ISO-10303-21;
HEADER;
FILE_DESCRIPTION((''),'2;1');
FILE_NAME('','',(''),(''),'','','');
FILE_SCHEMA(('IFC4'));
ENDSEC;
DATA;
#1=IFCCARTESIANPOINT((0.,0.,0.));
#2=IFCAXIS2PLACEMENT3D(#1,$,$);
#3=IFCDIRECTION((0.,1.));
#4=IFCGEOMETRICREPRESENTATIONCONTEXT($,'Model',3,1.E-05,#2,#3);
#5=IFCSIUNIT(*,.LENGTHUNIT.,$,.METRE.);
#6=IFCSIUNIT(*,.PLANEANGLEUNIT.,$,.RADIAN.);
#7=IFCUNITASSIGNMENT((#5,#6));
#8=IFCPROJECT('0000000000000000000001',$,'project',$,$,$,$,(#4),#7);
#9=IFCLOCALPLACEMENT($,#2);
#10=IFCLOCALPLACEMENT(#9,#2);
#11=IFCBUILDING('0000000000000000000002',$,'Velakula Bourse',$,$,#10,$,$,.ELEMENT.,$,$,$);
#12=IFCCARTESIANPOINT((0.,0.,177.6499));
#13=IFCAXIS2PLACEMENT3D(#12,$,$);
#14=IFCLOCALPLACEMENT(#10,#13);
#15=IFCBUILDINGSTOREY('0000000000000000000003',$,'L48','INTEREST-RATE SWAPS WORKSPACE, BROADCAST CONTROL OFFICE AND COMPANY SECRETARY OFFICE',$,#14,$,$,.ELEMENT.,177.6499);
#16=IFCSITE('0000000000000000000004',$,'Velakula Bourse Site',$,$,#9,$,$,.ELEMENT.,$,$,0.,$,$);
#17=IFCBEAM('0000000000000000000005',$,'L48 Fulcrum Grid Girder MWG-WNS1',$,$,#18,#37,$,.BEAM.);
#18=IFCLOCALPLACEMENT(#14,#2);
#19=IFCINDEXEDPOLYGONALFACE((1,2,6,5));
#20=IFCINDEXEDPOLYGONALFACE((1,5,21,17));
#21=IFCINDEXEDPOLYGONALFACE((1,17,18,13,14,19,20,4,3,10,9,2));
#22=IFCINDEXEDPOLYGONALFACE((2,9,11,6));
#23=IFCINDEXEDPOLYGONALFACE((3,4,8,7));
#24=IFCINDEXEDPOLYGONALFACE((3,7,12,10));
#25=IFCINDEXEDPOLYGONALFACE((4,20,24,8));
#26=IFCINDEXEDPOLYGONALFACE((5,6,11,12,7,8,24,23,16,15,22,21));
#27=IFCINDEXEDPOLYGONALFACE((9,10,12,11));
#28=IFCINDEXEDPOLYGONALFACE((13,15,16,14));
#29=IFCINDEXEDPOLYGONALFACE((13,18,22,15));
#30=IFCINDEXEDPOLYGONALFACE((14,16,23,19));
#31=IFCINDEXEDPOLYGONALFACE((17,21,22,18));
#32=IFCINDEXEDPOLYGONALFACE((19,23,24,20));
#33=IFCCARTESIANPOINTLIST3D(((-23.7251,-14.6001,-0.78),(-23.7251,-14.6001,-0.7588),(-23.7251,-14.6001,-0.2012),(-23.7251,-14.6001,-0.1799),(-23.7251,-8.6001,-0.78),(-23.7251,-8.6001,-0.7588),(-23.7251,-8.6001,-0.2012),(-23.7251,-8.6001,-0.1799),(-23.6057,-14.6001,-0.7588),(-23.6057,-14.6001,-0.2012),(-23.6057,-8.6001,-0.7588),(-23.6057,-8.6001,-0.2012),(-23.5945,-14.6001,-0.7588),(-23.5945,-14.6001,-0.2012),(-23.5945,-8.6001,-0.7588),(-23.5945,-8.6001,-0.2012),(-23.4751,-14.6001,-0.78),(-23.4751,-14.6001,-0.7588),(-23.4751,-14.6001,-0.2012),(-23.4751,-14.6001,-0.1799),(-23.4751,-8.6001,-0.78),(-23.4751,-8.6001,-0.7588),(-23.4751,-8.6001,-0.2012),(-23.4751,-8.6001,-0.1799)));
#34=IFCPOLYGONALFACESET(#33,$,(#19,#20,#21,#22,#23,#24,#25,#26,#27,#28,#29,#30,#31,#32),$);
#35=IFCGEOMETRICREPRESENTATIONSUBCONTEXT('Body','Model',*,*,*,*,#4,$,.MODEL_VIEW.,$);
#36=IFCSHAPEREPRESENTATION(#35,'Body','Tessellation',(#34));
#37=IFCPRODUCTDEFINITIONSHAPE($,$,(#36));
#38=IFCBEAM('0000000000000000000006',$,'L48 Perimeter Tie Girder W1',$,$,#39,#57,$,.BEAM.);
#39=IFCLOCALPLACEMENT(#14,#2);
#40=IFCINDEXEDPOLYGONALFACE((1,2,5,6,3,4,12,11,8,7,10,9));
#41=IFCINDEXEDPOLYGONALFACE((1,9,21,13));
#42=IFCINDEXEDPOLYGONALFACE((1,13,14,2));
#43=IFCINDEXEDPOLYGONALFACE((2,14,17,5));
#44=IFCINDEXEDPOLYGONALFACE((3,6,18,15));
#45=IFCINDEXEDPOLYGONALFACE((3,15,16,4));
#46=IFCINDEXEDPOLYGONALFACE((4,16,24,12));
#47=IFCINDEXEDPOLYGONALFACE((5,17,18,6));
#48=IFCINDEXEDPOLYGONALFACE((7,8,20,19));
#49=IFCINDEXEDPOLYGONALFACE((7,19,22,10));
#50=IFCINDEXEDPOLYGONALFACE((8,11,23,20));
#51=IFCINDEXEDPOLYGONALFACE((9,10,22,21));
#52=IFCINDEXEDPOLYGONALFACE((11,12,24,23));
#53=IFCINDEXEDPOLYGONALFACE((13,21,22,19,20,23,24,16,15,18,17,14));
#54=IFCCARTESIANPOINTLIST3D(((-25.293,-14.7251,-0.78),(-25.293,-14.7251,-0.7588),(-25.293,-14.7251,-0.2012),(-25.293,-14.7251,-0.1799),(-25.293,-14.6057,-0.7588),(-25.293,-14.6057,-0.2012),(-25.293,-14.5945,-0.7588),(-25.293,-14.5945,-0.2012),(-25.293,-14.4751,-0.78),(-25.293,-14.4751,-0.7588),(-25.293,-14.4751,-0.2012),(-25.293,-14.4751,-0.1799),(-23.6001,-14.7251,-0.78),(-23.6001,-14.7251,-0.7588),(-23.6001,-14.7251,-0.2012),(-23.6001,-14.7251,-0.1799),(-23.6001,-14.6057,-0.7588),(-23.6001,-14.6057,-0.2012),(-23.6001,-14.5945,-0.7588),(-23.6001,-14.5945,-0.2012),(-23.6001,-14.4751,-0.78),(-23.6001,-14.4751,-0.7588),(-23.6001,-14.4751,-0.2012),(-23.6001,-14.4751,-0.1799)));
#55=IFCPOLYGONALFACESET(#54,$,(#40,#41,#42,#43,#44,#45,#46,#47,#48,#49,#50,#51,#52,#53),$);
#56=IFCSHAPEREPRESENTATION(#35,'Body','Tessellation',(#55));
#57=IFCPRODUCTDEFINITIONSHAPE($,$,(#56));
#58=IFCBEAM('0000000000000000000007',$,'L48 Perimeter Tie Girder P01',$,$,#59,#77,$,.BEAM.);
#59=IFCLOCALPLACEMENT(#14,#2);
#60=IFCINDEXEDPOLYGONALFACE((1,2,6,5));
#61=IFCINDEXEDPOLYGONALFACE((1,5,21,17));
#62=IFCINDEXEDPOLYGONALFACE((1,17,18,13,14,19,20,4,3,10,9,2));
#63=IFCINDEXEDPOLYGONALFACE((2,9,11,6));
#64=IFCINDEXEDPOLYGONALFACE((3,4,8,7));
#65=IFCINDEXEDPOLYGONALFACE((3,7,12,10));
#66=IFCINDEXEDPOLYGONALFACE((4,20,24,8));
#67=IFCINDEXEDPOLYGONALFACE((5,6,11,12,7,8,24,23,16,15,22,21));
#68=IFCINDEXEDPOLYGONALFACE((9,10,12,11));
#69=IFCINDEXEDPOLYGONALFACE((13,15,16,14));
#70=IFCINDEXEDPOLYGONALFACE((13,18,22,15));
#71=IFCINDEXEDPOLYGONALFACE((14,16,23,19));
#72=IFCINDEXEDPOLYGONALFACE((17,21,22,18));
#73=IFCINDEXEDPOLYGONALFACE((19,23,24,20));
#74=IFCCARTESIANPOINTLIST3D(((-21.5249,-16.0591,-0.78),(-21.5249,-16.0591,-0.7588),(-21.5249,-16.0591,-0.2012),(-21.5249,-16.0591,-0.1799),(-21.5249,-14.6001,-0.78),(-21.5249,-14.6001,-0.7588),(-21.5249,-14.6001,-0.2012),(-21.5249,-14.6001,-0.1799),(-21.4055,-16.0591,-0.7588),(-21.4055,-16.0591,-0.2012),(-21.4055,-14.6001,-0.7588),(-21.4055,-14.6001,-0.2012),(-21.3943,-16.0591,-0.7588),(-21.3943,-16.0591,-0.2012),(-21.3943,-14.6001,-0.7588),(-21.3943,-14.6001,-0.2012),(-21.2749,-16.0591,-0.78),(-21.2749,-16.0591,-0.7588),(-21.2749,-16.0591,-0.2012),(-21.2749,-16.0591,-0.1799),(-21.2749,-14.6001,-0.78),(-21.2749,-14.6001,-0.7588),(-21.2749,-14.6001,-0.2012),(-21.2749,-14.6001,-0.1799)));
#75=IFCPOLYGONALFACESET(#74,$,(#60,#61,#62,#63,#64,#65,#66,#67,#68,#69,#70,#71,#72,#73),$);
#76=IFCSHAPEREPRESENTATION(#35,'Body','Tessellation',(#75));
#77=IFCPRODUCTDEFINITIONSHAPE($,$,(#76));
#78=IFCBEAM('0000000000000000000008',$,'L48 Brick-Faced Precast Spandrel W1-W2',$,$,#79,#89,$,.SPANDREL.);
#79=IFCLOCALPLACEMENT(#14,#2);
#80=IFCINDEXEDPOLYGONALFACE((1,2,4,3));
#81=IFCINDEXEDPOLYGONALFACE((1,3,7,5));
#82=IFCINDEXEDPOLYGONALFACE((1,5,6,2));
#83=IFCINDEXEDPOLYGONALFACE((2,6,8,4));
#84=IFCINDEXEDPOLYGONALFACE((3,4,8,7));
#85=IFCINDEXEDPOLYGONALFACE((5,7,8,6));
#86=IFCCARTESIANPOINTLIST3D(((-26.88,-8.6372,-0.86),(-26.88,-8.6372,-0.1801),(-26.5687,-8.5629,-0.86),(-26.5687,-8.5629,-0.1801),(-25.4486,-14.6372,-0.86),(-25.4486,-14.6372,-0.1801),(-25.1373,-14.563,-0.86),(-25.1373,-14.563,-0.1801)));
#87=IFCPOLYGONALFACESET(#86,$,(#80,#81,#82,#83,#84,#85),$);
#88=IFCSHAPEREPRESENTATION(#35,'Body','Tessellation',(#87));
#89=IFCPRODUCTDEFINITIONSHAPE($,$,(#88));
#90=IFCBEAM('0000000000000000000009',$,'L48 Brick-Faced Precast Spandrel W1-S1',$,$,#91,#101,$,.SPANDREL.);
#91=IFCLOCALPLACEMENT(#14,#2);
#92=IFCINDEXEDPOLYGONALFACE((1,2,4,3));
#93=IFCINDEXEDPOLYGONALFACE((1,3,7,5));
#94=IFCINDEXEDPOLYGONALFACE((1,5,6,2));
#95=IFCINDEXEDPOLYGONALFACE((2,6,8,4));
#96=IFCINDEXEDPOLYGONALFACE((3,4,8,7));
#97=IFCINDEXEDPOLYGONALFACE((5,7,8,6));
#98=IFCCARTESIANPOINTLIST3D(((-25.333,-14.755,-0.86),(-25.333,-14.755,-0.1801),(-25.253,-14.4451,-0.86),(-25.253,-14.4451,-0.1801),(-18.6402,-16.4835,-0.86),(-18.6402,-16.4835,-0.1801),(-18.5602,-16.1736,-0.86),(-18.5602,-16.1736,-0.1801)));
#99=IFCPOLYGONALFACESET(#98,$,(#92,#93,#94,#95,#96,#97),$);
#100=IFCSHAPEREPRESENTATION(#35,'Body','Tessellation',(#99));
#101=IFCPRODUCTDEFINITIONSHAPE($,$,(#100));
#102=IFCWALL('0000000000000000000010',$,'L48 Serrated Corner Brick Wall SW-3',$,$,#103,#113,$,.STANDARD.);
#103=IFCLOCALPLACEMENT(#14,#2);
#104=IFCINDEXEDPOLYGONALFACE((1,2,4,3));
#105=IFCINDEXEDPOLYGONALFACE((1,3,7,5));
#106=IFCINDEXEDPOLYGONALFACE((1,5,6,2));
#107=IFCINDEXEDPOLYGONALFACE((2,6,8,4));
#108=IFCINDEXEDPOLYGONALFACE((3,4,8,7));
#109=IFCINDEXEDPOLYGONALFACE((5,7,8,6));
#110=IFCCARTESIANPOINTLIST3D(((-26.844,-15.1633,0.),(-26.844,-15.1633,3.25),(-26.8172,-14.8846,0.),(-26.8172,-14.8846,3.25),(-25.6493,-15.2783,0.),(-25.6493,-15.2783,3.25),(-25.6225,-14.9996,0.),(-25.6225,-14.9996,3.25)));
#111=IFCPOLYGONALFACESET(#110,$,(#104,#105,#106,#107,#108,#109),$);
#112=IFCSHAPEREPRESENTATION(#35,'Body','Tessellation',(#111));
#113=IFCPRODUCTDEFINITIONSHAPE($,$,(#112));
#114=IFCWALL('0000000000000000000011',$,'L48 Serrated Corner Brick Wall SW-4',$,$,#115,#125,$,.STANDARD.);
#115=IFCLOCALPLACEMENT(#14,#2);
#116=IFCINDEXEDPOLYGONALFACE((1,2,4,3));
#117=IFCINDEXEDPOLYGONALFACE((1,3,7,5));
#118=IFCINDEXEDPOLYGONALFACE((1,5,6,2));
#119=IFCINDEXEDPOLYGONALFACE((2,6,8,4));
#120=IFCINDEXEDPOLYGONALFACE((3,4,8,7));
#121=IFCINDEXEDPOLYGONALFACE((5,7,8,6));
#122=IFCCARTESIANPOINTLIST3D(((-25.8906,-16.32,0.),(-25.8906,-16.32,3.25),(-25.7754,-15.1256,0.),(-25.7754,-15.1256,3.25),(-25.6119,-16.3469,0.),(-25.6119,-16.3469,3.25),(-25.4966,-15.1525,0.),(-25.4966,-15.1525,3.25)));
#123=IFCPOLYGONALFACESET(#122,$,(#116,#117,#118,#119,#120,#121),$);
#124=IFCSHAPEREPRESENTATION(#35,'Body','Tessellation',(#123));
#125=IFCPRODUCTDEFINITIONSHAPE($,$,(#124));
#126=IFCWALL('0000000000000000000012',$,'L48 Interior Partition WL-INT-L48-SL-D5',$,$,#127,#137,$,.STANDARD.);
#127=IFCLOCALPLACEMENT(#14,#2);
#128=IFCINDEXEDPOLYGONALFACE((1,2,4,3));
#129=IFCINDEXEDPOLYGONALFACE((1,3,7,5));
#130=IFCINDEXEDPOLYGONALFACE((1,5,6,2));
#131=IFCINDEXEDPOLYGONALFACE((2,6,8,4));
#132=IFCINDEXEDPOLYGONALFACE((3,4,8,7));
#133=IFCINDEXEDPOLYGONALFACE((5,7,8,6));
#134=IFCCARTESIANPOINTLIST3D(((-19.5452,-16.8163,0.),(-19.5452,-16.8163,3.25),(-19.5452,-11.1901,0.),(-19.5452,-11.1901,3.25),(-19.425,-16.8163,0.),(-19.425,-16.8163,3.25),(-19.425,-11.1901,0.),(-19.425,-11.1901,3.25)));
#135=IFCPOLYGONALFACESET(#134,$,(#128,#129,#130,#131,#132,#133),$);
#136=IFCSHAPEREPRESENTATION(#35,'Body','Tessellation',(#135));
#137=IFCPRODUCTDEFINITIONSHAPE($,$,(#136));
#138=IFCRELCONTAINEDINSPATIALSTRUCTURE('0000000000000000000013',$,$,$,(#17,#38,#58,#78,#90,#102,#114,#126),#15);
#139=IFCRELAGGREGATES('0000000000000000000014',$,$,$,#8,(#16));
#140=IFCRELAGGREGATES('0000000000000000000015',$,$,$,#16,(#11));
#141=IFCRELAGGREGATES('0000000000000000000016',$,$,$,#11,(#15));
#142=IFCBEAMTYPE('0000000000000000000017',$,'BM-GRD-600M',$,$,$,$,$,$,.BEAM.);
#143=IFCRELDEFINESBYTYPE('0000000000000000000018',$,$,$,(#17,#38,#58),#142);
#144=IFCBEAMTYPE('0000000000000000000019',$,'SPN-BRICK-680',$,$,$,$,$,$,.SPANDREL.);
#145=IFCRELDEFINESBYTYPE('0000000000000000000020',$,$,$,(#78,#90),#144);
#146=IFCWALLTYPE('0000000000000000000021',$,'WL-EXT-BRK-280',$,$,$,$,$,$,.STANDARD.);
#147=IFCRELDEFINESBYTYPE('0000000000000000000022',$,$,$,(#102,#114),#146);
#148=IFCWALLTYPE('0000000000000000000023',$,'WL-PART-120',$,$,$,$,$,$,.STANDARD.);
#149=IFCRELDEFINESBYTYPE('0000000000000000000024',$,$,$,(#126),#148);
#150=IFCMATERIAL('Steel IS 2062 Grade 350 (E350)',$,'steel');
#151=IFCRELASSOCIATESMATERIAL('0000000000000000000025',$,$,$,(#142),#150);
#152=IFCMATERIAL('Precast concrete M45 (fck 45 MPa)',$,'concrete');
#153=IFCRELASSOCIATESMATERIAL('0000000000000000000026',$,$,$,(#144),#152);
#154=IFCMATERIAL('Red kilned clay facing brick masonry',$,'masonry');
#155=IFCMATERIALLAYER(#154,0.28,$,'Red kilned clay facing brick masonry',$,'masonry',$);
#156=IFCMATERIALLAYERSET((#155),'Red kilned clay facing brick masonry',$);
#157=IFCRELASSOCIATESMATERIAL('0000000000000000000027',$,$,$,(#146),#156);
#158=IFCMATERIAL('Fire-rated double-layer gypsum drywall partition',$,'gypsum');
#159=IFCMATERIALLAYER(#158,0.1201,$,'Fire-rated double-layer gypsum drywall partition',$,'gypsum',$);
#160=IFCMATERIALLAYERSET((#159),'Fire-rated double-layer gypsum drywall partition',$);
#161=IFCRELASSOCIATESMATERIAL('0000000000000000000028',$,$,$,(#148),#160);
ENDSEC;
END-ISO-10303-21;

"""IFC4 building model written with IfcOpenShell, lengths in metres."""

from ifc_helpers import new_model, si_unit, direction, frame, frame_2d, origin, origin_2d, place, context, subcontext, project, spatial, rectangle, i_section, extrude, material, layer, layer_set, material_profile, profile_set, type_object, element, save


model = new_model("IFC4")

# Units and contexts
model_context = context("Model", 3, precision=1e-05, world=origin(), true_north=direction((0.0, 1.0)))
body_context = subcontext(model_context, "Body", "Model", "MODEL_VIEW")
ifc_project = project(units=[si_unit("LENGTHUNIT", "METRE"), si_unit("PLANEANGLEUNIT", "RADIAN")], contexts=[model_context])

# Site, building, storey
site_placement = place(None, origin())
site = spatial("IfcSite", under=ifc_project, at=site_placement, Name="Velakula Bourse Site", CompositionType="ELEMENT", RefElevation=0.0)
building_placement = place(site_placement, origin())
building = spatial("IfcBuilding", under=site, at=building_placement, Name="Velakula Bourse", CompositionType="ELEMENT")
storey_placement = place(building_placement, frame((0.0, 0.0, 177.6499)))
storey = spatial("IfcBuildingStorey", under=building, at=storey_placement, Name="L48", Description="INTEREST-RATE SWAPS WORKSPACE, BROADCAST CONTROL OFFICE AND COMPANY SECRETARY OFFICE", CompositionType="ELEMENT", Elevation=177.6499)

# Shared definitions
ifc_material_1 = material(Name="Steel IS 2062 Grade 350 (E350)", Category="steel")
ifc_material_2 = material(Name="Precast concrete M45 (fck 45 MPa)", Category="concrete")

# Beams
ifc_material_profile_1 = material_profile(ifc_material_1, i_section(OverallWidth=0.25, OverallDepth=0.6001, WebThickness=0.0112, FlangeThickness=0.0212, at=origin_2d()), Name="Steel IS 2062 Grade 350 (E350)")
ifc_profile_set_1 = profile_set([ifc_material_profile_1], Name="Steel IS 2062 Grade 350 (E350)")
beam_type_1 = type_object("IfcBeamType", Name="BM-GRD-600M", PredefinedType="BEAM", material=ifc_profile_set_1)
beam_1_placement = place(storey_placement, frame((-23.6001, -14.6001, -0.48), z_axis=(0.0, 1.0, 0.0), x_axis=(-1.0, 0.0, 0.0)))
element("IfcBeam", 1, at=beam_1_placement, inside=storey, type_object=beam_type_1, Name="L48 Fulcrum Grid Girder MWG-WNS1", PredefinedType="BEAM", context=body_context, shape_type="SweptSolid", body=[
    extrude(i_section(OverallWidth=0.25, OverallDepth=0.6001, WebThickness=0.0112, FlangeThickness=0.0212, at=origin_2d()), origin(), (0.0, 0.0, 1.0), 6.0),
])
beam_2_placement = place(storey_placement, frame((-23.6001, -14.6001, -0.48), z_axis=(-1.0, 0.0, 0.0), x_axis=(0.0, -1.0, 0.0)))
element("IfcBeam", 2, at=beam_2_placement, inside=storey, type_object=beam_type_1, Name="L48 Perimeter Tie Girder W1", PredefinedType="BEAM", context=body_context, shape_type="SweptSolid", body=[
    extrude(i_section(OverallWidth=0.25, OverallDepth=0.6001, WebThickness=0.0112, FlangeThickness=0.0212, at=origin_2d()), origin(), (0.0, 0.0, 1.0), 1.6929),
])
beam_3_placement = place(storey_placement, frame((-21.3999, -14.6001, -0.48), z_axis=(0.0, -1.0, 0.0), x_axis=(1.0, 0.0, 0.0)))
element("IfcBeam", 3, at=beam_3_placement, inside=storey, type_object=beam_type_1, Name="L48 Perimeter Tie Girder P01", PredefinedType="BEAM", context=body_context, shape_type="SweptSolid", body=[
    extrude(i_section(OverallWidth=0.25, OverallDepth=0.6001, WebThickness=0.0112, FlangeThickness=0.0212, at=origin_2d()), origin(), (0.0, 0.0, 1.0), 1.459),
])
ifc_material_profile_2 = material_profile(ifc_material_2, rectangle(XDim=0.3201, YDim=0.6799, at=origin_2d()), Name="Precast concrete M45 (fck 45 MPa)")
ifc_profile_set_2 = profile_set([ifc_material_profile_2], Name="Precast concrete M45 (fck 45 MPa)")
beam_type_2 = type_object("IfcBeamType", Name="SPN-BRICK-680", PredefinedType="SPANDREL", material=ifc_profile_set_2)
beam_4_placement = place(storey_placement, frame((-25.293, -14.6001, -0.52), z_axis=(-0.232054, 0.972703, 0.0), x_axis=(-0.972703, -0.232054, 0.0)))
element("IfcBeam", 4, at=beam_4_placement, inside=storey, type_object=beam_type_2, Name="L48 Brick-Faced Precast Spandrel W1-W2", PredefinedType="SPANDREL", context=body_context, shape_type="SweptSolid", body=[
    extrude(rectangle(XDim=0.3201, YDim=0.6799, at=origin_2d()), origin(), (0.0, 0.0, 1.0), 6.1685),
])
beam_5_placement = place(storey_placement, frame((-25.293, -14.6001, -0.52), z_axis=(0.968231, -0.250057, 0.0), x_axis=(0.250057, 0.968231, 0.0)))
element("IfcBeam", 5, at=beam_5_placement, inside=storey, type_object=beam_type_2, Name="L48 Brick-Faced Precast Spandrel W1-S1", PredefinedType="SPANDREL", context=body_context, shape_type="SweptSolid", body=[
    extrude(rectangle(XDim=0.3201, YDim=0.6799, at=origin_2d()), origin(), (0.0, 0.0, 1.0), 6.9124),
])

# Walls
ifc_material_3 = material(Name="Red kilned clay facing brick masonry", Category="masonry")
ifc_layer_1 = layer(ifc_material_3, 0.28, Name="Red kilned clay facing brick masonry", Category="masonry")
ifc_layer_set_1 = layer_set([ifc_layer_1], Name="Red kilned clay facing brick masonry")
wall_type_1 = type_object("IfcWallType", Name="WL-EXT-BRK-280", PredefinedType="STANDARD", material=ifc_layer_set_1)
wall_1_placement = place(storey_placement, frame((-26.8306, -15.0239, 0.0), z_axis=(0.0, 0.0, 1.0), x_axis=(0.995399, -0.095817, 0.0)))
element("IfcWall", 6, at=wall_1_placement, inside=storey, type_object=wall_type_1, Name="L48 Serrated Corner Brick Wall SW-3", PredefinedType="STANDARD", context=body_context, shape_type="SweptSolid", body=[
    extrude(rectangle(XDim=1.2002, YDim=0.28, at=frame_2d((0.6001, 0.0))), origin(), (0.0, 0.0, 1.0), 3.25),
])
wall_2_placement = place(storey_placement, frame((-25.636, -15.1389, 0.0), z_axis=(0.0, 0.0, 1.0), x_axis=(-0.096038, -0.995378, 0.0)))
element("IfcWall", 7, at=wall_2_placement, inside=storey, type_object=wall_type_1, Name="L48 Serrated Corner Brick Wall SW-4", PredefinedType="STANDARD", context=body_context, shape_type="SweptSolid", body=[
    extrude(rectangle(XDim=1.2, YDim=0.28, at=frame_2d((0.6001, 0.0))), origin(), (0.0, 0.0, 1.0), 3.25),
])
ifc_material_4 = material(Name="Fire-rated double-layer gypsum drywall partition", Category="gypsum")
ifc_layer_2 = layer(ifc_material_4, 0.1201, Name="Fire-rated double-layer gypsum drywall partition", Category="gypsum")
ifc_layer_set_2 = layer_set([ifc_layer_2], Name="Fire-rated double-layer gypsum drywall partition")
wall_type_2 = type_object("IfcWallType", Name="WL-PART-120", PredefinedType="STANDARD", material=ifc_layer_set_2)
wall_3_placement = place(storey_placement, frame((-19.4851, -16.8162, 0.0), z_axis=(0.0, 0.0, 1.0), x_axis=(0.0, 1.0, 0.0)))
element("IfcWall", 8, at=wall_3_placement, inside=storey, type_object=wall_type_2, Name="L48 Interior Partition WL-INT-L48-SL-D5", PredefinedType="STANDARD", context=body_context, shape_type="SweptSolid", body=[
    extrude(rectangle(XDim=5.6262, YDim=0.1201, at=frame_2d((2.813, 0.0))), origin(), (0.0, 0.0, 1.0), 3.25),
])

save(model, "model.ifc")
